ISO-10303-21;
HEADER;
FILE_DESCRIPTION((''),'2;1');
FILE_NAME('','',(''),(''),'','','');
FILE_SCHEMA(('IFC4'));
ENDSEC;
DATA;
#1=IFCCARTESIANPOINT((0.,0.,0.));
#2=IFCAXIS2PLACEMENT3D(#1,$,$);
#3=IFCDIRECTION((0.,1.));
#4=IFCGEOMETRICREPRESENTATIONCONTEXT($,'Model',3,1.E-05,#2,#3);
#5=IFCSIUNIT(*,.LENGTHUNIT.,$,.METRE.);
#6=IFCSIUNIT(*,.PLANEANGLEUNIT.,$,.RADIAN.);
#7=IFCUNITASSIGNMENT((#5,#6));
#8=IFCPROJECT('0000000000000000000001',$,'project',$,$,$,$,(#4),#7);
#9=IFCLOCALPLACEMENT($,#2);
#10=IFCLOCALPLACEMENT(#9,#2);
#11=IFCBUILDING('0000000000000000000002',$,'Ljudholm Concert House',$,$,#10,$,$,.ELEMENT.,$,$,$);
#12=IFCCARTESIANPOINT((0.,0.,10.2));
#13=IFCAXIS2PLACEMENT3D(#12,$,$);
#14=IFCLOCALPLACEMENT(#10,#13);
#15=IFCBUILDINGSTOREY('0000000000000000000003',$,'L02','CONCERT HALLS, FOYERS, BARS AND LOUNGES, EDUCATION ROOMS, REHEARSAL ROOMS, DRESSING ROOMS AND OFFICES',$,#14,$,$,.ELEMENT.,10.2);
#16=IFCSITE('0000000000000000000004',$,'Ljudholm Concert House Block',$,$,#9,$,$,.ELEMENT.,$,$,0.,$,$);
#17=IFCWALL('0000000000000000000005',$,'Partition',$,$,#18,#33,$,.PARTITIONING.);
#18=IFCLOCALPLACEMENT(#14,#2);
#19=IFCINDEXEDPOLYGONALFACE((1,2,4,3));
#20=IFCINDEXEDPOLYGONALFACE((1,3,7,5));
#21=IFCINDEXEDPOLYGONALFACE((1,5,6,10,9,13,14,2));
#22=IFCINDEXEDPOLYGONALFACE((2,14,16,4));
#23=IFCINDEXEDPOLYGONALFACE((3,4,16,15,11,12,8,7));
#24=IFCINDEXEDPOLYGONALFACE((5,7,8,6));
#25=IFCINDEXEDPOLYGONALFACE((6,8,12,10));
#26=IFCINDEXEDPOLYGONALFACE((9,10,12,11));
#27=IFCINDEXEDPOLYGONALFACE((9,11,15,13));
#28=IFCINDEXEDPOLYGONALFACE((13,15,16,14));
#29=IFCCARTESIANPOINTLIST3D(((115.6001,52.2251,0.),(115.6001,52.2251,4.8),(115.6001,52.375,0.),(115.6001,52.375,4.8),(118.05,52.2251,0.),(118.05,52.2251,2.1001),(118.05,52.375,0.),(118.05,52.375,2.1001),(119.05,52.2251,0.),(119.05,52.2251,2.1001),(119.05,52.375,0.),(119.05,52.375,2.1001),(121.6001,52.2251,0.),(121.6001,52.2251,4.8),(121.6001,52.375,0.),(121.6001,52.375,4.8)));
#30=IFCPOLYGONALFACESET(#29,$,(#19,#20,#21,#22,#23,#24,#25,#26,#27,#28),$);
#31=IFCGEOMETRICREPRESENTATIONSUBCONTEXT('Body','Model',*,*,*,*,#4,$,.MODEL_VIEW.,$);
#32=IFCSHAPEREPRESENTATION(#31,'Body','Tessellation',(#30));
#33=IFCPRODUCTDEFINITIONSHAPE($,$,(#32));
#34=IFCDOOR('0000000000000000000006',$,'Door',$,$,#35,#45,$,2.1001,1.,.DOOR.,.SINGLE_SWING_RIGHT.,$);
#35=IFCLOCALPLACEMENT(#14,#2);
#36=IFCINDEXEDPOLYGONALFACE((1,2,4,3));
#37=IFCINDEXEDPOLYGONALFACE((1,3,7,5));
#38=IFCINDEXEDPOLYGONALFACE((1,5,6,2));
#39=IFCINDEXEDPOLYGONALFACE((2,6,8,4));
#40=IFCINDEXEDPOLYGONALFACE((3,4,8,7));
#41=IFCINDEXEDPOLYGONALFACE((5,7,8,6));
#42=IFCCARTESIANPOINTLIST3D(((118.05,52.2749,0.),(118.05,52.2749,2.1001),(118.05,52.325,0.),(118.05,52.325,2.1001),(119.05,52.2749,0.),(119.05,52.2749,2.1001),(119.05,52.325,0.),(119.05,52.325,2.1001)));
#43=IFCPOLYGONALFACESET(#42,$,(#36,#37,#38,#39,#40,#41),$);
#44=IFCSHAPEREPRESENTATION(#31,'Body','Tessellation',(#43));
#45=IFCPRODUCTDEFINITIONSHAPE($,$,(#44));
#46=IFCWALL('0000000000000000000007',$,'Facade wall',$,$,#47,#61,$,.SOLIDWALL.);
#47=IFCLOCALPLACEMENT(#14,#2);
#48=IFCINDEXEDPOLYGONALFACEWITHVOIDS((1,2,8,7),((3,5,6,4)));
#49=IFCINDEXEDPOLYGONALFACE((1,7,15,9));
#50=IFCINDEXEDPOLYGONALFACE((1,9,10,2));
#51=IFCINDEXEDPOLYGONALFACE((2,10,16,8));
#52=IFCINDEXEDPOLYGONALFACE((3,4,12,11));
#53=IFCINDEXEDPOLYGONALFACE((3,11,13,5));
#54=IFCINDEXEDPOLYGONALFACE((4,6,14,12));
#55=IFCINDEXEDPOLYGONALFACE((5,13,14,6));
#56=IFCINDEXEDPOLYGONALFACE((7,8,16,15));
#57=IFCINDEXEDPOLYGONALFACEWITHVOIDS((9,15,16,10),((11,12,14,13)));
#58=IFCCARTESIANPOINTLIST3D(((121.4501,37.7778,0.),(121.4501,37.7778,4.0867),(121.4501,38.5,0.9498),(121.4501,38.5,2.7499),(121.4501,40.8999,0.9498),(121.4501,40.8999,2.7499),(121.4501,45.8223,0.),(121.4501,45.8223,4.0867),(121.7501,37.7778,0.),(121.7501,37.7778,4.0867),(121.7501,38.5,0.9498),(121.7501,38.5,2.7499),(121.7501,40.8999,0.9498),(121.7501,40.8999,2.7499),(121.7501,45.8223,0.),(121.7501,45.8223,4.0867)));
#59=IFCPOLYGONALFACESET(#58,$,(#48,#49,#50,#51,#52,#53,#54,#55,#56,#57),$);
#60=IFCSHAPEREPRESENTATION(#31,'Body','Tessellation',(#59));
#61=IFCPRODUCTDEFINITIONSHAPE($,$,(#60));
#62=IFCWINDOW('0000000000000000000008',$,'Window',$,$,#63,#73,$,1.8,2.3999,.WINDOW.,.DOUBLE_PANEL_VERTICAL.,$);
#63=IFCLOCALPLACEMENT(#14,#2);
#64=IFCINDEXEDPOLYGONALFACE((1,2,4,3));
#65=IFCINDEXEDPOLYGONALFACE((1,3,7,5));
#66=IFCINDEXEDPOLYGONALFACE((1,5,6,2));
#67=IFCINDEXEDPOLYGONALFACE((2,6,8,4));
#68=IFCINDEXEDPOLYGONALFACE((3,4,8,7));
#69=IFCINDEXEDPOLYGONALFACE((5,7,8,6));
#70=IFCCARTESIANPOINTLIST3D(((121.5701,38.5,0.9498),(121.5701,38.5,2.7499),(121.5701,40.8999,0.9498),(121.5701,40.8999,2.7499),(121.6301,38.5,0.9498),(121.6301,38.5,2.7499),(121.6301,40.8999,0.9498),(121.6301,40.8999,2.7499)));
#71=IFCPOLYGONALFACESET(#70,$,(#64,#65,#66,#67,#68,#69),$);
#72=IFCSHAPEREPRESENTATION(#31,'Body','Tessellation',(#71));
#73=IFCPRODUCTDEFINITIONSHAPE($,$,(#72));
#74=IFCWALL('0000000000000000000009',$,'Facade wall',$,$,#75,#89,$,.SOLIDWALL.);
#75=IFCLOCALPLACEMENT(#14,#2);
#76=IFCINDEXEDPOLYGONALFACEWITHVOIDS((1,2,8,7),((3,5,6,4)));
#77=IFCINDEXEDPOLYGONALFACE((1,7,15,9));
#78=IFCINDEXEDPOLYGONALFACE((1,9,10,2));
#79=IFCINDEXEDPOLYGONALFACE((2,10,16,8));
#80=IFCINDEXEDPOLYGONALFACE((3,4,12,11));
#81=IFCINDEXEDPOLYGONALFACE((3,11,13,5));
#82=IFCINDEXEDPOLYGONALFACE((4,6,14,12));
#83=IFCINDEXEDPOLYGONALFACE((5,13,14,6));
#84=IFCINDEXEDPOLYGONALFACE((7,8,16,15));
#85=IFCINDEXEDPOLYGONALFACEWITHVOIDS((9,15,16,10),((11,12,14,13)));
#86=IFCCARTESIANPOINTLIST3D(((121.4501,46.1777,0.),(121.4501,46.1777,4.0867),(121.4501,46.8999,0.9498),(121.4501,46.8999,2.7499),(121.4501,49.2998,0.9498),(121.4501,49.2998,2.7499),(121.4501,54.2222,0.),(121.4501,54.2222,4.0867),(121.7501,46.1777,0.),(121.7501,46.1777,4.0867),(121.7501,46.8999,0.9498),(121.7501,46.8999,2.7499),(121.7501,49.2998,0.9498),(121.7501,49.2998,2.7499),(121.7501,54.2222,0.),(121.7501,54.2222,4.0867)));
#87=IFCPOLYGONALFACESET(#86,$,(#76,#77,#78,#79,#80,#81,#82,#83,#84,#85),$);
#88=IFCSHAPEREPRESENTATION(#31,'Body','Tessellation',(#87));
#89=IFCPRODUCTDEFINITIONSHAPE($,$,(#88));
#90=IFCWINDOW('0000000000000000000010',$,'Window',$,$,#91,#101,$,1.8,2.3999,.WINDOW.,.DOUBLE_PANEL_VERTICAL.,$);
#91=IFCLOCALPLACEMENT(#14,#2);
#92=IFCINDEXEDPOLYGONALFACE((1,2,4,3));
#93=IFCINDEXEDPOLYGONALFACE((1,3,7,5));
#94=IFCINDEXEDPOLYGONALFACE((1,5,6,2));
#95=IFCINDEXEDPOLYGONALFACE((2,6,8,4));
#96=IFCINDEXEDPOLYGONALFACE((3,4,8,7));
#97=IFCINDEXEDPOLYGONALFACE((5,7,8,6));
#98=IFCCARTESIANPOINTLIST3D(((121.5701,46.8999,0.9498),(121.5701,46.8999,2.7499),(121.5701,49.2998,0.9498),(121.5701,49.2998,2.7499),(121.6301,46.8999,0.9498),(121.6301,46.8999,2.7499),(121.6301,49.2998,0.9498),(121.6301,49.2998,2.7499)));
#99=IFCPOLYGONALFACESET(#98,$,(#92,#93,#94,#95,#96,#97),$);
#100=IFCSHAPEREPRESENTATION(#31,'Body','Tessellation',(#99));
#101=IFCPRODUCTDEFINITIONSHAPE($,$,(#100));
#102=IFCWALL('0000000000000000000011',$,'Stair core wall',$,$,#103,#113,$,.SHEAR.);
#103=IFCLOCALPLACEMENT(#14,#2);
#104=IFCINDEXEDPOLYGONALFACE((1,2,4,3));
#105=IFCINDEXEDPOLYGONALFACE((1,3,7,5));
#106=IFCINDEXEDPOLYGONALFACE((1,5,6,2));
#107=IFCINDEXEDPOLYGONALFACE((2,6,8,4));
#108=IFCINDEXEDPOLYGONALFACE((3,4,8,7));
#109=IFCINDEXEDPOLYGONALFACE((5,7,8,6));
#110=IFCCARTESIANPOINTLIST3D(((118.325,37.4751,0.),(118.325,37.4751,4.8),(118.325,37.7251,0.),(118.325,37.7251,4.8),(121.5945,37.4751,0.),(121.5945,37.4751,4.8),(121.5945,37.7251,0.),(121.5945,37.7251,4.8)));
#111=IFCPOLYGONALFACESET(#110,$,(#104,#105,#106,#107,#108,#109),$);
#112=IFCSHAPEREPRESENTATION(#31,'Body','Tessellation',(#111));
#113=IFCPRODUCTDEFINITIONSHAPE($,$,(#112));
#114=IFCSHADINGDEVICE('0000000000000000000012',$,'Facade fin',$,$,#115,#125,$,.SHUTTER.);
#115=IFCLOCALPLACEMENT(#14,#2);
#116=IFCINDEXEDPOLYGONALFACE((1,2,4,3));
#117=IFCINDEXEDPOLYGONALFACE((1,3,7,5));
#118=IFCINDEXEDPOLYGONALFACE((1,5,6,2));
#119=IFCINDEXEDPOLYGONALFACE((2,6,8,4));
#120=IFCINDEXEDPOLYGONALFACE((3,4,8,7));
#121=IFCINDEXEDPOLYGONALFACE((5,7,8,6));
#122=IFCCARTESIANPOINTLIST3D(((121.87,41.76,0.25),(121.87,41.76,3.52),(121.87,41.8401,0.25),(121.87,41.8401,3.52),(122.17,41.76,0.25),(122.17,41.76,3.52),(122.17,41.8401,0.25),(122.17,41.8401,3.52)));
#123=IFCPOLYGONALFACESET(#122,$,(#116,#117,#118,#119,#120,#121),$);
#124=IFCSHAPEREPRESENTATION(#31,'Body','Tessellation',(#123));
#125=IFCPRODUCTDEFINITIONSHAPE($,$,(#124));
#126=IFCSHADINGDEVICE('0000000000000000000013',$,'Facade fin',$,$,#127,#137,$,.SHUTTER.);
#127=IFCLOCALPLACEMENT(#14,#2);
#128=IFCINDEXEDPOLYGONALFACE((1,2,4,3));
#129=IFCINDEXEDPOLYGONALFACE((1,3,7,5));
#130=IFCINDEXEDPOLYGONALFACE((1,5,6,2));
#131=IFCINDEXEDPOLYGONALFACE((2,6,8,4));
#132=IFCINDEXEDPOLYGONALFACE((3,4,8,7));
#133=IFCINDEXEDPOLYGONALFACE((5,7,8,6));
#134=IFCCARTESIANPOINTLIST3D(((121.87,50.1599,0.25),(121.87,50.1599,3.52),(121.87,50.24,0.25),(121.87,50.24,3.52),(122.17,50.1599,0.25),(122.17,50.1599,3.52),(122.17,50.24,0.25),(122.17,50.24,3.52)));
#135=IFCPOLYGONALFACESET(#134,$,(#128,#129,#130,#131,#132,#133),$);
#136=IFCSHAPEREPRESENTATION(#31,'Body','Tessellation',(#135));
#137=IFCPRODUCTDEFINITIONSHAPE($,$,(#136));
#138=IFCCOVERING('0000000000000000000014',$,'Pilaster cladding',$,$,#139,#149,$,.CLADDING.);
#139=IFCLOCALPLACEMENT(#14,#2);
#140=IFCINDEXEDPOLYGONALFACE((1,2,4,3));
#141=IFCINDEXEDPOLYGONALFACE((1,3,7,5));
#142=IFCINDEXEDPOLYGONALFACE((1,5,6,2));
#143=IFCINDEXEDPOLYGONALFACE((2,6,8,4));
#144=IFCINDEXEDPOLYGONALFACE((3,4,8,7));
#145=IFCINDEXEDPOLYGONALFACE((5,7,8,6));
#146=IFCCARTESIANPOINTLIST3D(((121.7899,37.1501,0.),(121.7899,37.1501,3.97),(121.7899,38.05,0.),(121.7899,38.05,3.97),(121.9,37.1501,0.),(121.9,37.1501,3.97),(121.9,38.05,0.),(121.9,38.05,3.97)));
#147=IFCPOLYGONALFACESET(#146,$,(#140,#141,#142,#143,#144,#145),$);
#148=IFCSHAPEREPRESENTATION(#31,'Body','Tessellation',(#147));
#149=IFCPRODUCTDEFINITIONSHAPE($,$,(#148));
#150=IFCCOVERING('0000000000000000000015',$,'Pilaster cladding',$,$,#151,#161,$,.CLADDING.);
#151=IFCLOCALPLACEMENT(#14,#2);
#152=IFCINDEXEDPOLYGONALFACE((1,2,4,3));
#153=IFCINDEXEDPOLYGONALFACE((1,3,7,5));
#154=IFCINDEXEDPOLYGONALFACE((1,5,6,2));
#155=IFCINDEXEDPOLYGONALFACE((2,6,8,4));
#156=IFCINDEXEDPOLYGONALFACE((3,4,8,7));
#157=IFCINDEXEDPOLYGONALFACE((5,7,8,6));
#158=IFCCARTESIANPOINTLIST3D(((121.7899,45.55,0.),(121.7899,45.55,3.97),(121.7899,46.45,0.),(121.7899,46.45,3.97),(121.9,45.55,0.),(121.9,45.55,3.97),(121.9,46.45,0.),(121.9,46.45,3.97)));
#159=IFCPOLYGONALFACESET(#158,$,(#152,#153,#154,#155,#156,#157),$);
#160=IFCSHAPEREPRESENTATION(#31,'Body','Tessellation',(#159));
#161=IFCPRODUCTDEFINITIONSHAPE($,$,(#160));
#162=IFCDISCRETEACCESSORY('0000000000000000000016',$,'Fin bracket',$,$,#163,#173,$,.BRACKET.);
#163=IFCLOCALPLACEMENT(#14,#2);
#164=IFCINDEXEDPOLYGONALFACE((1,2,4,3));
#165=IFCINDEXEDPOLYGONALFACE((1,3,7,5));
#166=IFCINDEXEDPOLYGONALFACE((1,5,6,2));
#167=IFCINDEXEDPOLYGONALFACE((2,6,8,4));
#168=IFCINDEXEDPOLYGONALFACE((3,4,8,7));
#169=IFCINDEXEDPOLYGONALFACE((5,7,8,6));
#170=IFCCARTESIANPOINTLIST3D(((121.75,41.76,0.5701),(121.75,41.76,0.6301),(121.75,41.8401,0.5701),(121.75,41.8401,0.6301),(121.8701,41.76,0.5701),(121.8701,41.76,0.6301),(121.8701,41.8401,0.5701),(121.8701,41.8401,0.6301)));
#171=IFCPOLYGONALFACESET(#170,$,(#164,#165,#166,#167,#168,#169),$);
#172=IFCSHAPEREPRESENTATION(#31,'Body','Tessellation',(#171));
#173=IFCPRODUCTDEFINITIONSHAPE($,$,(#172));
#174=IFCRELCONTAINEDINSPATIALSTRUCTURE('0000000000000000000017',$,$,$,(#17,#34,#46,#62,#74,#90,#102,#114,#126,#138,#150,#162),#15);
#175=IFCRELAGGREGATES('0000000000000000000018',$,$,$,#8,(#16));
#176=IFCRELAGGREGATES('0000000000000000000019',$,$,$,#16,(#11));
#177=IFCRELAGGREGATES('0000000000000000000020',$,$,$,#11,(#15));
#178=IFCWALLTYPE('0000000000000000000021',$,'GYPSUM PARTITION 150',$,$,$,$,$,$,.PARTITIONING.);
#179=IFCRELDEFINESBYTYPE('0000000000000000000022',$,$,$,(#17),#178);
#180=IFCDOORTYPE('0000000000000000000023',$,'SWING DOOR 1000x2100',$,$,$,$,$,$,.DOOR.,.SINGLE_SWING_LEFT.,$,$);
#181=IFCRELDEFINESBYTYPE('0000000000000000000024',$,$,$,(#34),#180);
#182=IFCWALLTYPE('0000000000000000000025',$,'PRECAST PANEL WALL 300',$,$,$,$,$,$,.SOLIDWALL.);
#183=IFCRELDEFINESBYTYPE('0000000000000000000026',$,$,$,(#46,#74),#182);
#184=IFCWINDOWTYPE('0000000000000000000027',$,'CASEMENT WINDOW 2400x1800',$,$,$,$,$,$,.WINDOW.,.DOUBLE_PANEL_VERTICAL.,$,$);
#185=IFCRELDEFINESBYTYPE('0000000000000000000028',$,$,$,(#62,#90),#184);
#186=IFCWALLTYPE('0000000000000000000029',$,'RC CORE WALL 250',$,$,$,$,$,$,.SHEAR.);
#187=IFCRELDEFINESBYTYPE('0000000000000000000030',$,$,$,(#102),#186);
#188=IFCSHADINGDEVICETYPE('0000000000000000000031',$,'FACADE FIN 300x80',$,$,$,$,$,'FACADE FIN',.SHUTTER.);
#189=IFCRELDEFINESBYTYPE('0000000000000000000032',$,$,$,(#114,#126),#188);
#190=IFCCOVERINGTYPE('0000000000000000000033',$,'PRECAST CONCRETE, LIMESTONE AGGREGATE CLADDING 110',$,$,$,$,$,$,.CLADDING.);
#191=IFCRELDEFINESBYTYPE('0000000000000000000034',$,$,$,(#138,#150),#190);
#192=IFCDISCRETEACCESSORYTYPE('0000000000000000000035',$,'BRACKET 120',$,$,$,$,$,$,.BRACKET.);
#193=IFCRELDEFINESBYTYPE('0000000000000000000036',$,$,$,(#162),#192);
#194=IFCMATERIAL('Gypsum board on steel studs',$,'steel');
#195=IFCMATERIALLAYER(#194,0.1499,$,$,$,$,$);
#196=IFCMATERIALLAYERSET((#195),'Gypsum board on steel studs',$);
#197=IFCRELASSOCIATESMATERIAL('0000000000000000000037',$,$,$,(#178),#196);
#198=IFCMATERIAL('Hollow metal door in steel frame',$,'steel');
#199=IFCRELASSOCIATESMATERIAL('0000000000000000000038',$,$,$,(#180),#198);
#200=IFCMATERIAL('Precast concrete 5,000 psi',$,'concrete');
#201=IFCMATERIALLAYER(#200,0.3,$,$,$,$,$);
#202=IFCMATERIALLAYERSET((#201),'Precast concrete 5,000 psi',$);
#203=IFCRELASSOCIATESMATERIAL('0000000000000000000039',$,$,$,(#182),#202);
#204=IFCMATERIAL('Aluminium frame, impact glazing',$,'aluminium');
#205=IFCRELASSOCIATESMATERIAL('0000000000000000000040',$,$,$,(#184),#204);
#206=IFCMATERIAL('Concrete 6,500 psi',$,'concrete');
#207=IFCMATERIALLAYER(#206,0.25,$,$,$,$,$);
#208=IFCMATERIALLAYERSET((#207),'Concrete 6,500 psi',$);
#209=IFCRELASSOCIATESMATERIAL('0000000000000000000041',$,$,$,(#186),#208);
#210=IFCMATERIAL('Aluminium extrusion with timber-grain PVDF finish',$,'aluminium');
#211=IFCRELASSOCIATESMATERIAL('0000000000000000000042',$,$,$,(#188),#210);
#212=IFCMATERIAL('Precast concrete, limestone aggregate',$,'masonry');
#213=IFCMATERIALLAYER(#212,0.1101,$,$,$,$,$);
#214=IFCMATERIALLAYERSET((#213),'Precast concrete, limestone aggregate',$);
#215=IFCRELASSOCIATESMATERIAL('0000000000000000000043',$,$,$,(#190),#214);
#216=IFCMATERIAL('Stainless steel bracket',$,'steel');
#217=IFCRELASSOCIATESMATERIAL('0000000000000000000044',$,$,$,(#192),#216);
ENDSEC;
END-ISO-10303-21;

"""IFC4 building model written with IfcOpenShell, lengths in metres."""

from ifc_helpers import new_model, si_unit, direction, frame, frame_2d, origin, origin_2d, place, context, subcontext, project, spatial, rectangle, extrude, material, layer, layer_set, type_object, element, fill, save


model = new_model("IFC4")

# Units and contexts
model_context = context("Model", 3, precision=1e-05, world=origin(), true_north=direction((0.0, 1.0)))
body_context = subcontext(model_context, "Body", "Model", "MODEL_VIEW")
ifc_project = project(units=[si_unit("LENGTHUNIT", "METRE"), si_unit("PLANEANGLEUNIT", "RADIAN")], contexts=[model_context])

# Site, building, storey
site_placement = place(None, origin())
site = spatial("IfcSite", under=ifc_project, at=site_placement, Name="Ljudholm Concert House Block", CompositionType="ELEMENT", RefElevation=0.0)
building_placement = place(site_placement, origin())
building = spatial("IfcBuilding", under=site, at=building_placement, Name="Ljudholm Concert House", CompositionType="ELEMENT")
storey_placement = place(building_placement, frame((0.0, 0.0, 10.2)))
storey = spatial("IfcBuildingStorey", under=building, at=storey_placement, Name="L02", Description="CONCERT HALLS, FOYERS, BARS AND LOUNGES, EDUCATION ROOMS, REHEARSAL ROOMS, DRESSING ROOMS AND OFFICES", CompositionType="ELEMENT", Elevation=10.2)

# Wall, opening, door
ifc_material_1 = material(Name="Gypsum board on steel studs", Category="steel")
ifc_layer_1 = layer(ifc_material_1, 0.1499)
ifc_layer_set_1 = layer_set([ifc_layer_1], Name="Gypsum board on steel studs")
wall_type_1 = type_object("IfcWallType", Name="GYPSUM PARTITION 150", PredefinedType="PARTITIONING", material=ifc_layer_set_1)
wall_1_placement = place(storey_placement, frame((115.6001, 52.3, 0.0), z_axis=(0.0, 0.0, 1.0), x_axis=(1.0, 0.0, 0.0)))
wall_1 = element("IfcWall", 1, at=wall_1_placement, inside=storey, type_object=wall_type_1, Name="Partition", PredefinedType="PARTITIONING", context=body_context, shape_type="SweptSolid", body=[
    extrude(rectangle(XDim=6.0, YDim=0.1499, at=frame_2d((3.0, 0.0))), origin(), (0.0, 0.0, 1.0), 4.8),
])
opening_1_placement = place(wall_1_placement, frame((2.45, 0.0, 0.0)))
opening_1 = element("IfcOpeningElement", 2, at=opening_1_placement, cuts=wall_1, PredefinedType="OPENING", context=body_context, shape_type="SweptSolid", body=[
    extrude(rectangle(XDim=1.0, YDim=2.1001, at=frame_2d((0.5, 1.05))), frame((0.0, 0.085, 0.0), z_axis=(0.0, -1.0, 0.0), x_axis=(1.0, 0.0, 0.0)), (0.0, 0.0, 1.0), 0.1699),
])
ifc_material_2 = material(Name="Hollow metal door in steel frame", Category="steel")
door_type = type_object("IfcDoorType", Name="SWING DOOR 1000x2100", OperationType="SINGLE_SWING_LEFT", PredefinedType="DOOR", material=ifc_material_2)
door_placement = place(opening_1_placement, origin())
door = element("IfcDoor", 3, at=door_placement, inside=storey, type_object=door_type, Name="Door", OperationType="SINGLE_SWING_RIGHT", OverallHeight=2.1001, OverallWidth=1.0, PredefinedType="DOOR", context=body_context, shape_type="SweptSolid", body=[
    extrude(rectangle(XDim=1.0, YDim=2.1001, at=frame_2d((0.5, 1.05))), frame((0.0, 0.0249, 0.0), z_axis=(0.0, -1.0, 0.0), x_axis=(1.0, 0.0, 0.0)), (0.0, 0.0, 1.0), 0.05),
])
fill(opening_1, door)

# Walls, openings, windows
ifc_material_3 = material(Name="Precast concrete 5,000 psi", Category="concrete")
ifc_layer_2 = layer(ifc_material_3, 0.3)
ifc_layer_set_2 = layer_set([ifc_layer_2], Name="Precast concrete 5,000 psi")
wall_type_2 = type_object("IfcWallType", Name="PRECAST PANEL WALL 300", PredefinedType="SOLIDWALL", material=ifc_layer_set_2)
wall_2_placement = place(storey_placement, frame((121.6001, 37.7778, 0.0), z_axis=(0.0, 0.0, 1.0), x_axis=(0.0, 1.0, 0.0)))
wall_2 = element("IfcWall", 4, at=wall_2_placement, inside=storey, type_object=wall_type_2, Name="Facade wall", PredefinedType="SOLIDWALL", context=body_context, shape_type="SweptSolid", body=[
    extrude(rectangle(XDim=8.0444, YDim=0.3, at=frame_2d((4.0222, 0.0))), origin(), (0.0, 0.0, 1.0), 4.0867),
])
opening_2_placement = place(wall_2_placement, frame((0.7222, 0.0, 0.95)))
opening_2 = element("IfcOpeningElement", 5, at=opening_2_placement, cuts=wall_2, PredefinedType="OPENING", context=body_context, shape_type="SweptSolid", body=[
    extrude(rectangle(XDim=2.3999, YDim=1.8, at=frame_2d((1.2, 0.8999))), frame((0.0, 0.1599, 0.0), z_axis=(0.0, -1.0, 0.0), x_axis=(1.0, 0.0, 0.0)), (0.0, 0.0, 1.0), 0.3201),
])
ifc_material_4 = material(Name="Aluminium frame, impact glazing", Category="aluminium")
window_type = type_object("IfcWindowType", Name="CASEMENT WINDOW 2400x1800", PartitioningType="DOUBLE_PANEL_VERTICAL", PredefinedType="WINDOW", material=ifc_material_4)
window_1_placement = place(opening_2_placement, origin())
window_1 = element("IfcWindow", 6, at=window_1_placement, inside=storey, type_object=window_type, Name="Window", OverallHeight=1.8, OverallWidth=2.3999, PartitioningType="DOUBLE_PANEL_VERTICAL", PredefinedType="WINDOW", context=body_context, shape_type="SweptSolid", body=[
    extrude(rectangle(XDim=2.3999, YDim=1.8, at=frame_2d((1.2, 0.8999))), frame((0.0, 0.03, 0.0), z_axis=(0.0, -1.0, 0.0), x_axis=(1.0, 0.0, 0.0)), (0.0, 0.0, 1.0), 0.0601),
])
fill(opening_2, window_1)
wall_3_placement = place(storey_placement, frame((121.6001, 46.1777, 0.0), z_axis=(0.0, 0.0, 1.0), x_axis=(0.0, 1.0, 0.0)))
wall_3 = element("IfcWall", 7, at=wall_3_placement, inside=storey, type_object=wall_type_2, Name="Facade wall", PredefinedType="SOLIDWALL", context=body_context, shape_type="SweptSolid", body=[
    extrude(rectangle(XDim=8.0444, YDim=0.3, at=frame_2d((4.0222, 0.0))), origin(), (0.0, 0.0, 1.0), 4.0867),
])
opening_3_placement = place(wall_3_placement, frame((0.7222, 0.0, 0.95)))
opening_3 = element("IfcOpeningElement", 8, at=opening_3_placement, cuts=wall_3, PredefinedType="OPENING", context=body_context, shape_type="SweptSolid", body=[
    extrude(rectangle(XDim=2.3999, YDim=1.8, at=frame_2d((1.2, 0.8999))), frame((0.0, 0.1599, 0.0), z_axis=(0.0, -1.0, 0.0), x_axis=(1.0, 0.0, 0.0)), (0.0, 0.0, 1.0), 0.3201),
])
window_2_placement = place(opening_3_placement, origin())
window_2 = element("IfcWindow", 9, at=window_2_placement, inside=storey, type_object=window_type, Name="Window", OverallHeight=1.8, OverallWidth=2.3999, PartitioningType="DOUBLE_PANEL_VERTICAL", PredefinedType="WINDOW", context=body_context, shape_type="SweptSolid", body=[
    extrude(rectangle(XDim=2.3999, YDim=1.8, at=frame_2d((1.2, 0.8999))), frame((0.0, 0.03, 0.0), z_axis=(0.0, -1.0, 0.0), x_axis=(1.0, 0.0, 0.0)), (0.0, 0.0, 1.0), 0.0601),
])
fill(opening_3, window_2)

# Wall
ifc_material_5 = material(Name="Concrete 6,500 psi", Category="concrete")
ifc_layer_3 = layer(ifc_material_5, 0.25)
ifc_layer_set_3 = layer_set([ifc_layer_3], Name="Concrete 6,500 psi")
wall_type_3 = type_object("IfcWallType", Name="RC CORE WALL 250", PredefinedType="SHEAR", material=ifc_layer_set_3)
wall_4_placement = place(storey_placement, frame((118.325, 37.6001, 0.0), z_axis=(0.0, 0.0, 1.0), x_axis=(1.0, 0.0, 0.0)))
element("IfcWall", 10, at=wall_4_placement, inside=storey, type_object=wall_type_3, Name="Stair core wall", PredefinedType="SHEAR", context=body_context, shape_type="SweptSolid", body=[
    extrude(rectangle(XDim=3.2695, YDim=0.25, at=frame_2d((1.6348, 0.0))), origin(), (0.0, 0.0, 1.0), 4.8),
])

# Shading devices
ifc_material_6 = material(Name="Aluminium extrusion with timber-grain PVDF finish", Category="aluminium")
shading_device_type = type_object("IfcShadingDeviceType", Name="FACADE FIN 300x80", ElementType="FACADE FIN", PredefinedType="SHUTTER", material=ifc_material_6)
for number, where, z_axis, x_axis, name in (
    (11, (122.02, 41.8, 0.25), (0.0, 0.0, 1.0), (1.0, 0.0, 0.0), "Facade fin"),
    (12, (122.02, 50.2, 0.25), (0.0, 0.0, 1.0), (1.0, 0.0, 0.0), "Facade fin"),
):
    element("IfcShadingDevice", number, at=place(storey_placement, frame(where, z_axis=z_axis, x_axis=x_axis)), inside=storey, type_object=shading_device_type, Name=name, PredefinedType="SHUTTER", context=body_context, shape_type="SweptSolid", body=[
        extrude(rectangle(XDim=0.3, YDim=0.0801, at=origin_2d()), origin(), (0.0, 0.0, 1.0), 3.27),
    ])

# Coverings
ifc_material_7 = material(Name="Precast concrete, limestone aggregate", Category="masonry")
ifc_layer_4 = layer(ifc_material_7, 0.1101)
ifc_layer_set_4 = layer_set([ifc_layer_4], Name="Precast concrete, limestone aggregate")
covering_type = type_object("IfcCoveringType", Name="PRECAST CONCRETE, LIMESTONE AGGREGATE CLADDING 110", PredefinedType="CLADDING", material=ifc_layer_set_4)
for number, where, z_axis, x_axis, name in (
    (13, (121.845, 37.6001, 0.0), (0.0, 0.0, 1.0), (1.0, 0.0, 0.0), "Pilaster cladding"),
    (14, (121.845, 46.0, 0.0), (0.0, 0.0, 1.0), (1.0, 0.0, 0.0), "Pilaster cladding"),
):
    element("IfcCovering", number, at=place(storey_placement, frame(where, z_axis=z_axis, x_axis=x_axis)), inside=storey, type_object=covering_type, Name=name, PredefinedType="CLADDING", context=body_context, shape_type="SweptSolid", body=[
        extrude(rectangle(XDim=0.1101, YDim=0.8999, at=origin_2d()), origin(), (0.0, 0.0, 1.0), 3.97),
    ])

# Discrete accessory
ifc_material_8 = material(Name="Stainless steel bracket", Category="steel")
discrete_accessory_type = type_object("IfcDiscreteAccessoryType", Name="BRACKET 120", PredefinedType="BRACKET", material=ifc_material_8)
for number, where, z_axis, x_axis, name in (
    (15, (121.8101, 41.8, 0.5701), (0.0, 0.0, 1.0), (1.0, 0.0, 0.0), "Fin bracket"),
):
    element("IfcDiscreteAccessory", number, at=place(storey_placement, frame(where, z_axis=z_axis, x_axis=x_axis)), inside=storey, type_object=discrete_accessory_type, Name=name, PredefinedType="BRACKET", context=body_context, shape_type="SweptSolid", body=[
        extrude(rectangle(XDim=0.1201, YDim=0.0801, at=origin_2d()), origin(), (0.0, 0.0, 1.0), 0.0601),
    ])

save(model, "model.ifc")
